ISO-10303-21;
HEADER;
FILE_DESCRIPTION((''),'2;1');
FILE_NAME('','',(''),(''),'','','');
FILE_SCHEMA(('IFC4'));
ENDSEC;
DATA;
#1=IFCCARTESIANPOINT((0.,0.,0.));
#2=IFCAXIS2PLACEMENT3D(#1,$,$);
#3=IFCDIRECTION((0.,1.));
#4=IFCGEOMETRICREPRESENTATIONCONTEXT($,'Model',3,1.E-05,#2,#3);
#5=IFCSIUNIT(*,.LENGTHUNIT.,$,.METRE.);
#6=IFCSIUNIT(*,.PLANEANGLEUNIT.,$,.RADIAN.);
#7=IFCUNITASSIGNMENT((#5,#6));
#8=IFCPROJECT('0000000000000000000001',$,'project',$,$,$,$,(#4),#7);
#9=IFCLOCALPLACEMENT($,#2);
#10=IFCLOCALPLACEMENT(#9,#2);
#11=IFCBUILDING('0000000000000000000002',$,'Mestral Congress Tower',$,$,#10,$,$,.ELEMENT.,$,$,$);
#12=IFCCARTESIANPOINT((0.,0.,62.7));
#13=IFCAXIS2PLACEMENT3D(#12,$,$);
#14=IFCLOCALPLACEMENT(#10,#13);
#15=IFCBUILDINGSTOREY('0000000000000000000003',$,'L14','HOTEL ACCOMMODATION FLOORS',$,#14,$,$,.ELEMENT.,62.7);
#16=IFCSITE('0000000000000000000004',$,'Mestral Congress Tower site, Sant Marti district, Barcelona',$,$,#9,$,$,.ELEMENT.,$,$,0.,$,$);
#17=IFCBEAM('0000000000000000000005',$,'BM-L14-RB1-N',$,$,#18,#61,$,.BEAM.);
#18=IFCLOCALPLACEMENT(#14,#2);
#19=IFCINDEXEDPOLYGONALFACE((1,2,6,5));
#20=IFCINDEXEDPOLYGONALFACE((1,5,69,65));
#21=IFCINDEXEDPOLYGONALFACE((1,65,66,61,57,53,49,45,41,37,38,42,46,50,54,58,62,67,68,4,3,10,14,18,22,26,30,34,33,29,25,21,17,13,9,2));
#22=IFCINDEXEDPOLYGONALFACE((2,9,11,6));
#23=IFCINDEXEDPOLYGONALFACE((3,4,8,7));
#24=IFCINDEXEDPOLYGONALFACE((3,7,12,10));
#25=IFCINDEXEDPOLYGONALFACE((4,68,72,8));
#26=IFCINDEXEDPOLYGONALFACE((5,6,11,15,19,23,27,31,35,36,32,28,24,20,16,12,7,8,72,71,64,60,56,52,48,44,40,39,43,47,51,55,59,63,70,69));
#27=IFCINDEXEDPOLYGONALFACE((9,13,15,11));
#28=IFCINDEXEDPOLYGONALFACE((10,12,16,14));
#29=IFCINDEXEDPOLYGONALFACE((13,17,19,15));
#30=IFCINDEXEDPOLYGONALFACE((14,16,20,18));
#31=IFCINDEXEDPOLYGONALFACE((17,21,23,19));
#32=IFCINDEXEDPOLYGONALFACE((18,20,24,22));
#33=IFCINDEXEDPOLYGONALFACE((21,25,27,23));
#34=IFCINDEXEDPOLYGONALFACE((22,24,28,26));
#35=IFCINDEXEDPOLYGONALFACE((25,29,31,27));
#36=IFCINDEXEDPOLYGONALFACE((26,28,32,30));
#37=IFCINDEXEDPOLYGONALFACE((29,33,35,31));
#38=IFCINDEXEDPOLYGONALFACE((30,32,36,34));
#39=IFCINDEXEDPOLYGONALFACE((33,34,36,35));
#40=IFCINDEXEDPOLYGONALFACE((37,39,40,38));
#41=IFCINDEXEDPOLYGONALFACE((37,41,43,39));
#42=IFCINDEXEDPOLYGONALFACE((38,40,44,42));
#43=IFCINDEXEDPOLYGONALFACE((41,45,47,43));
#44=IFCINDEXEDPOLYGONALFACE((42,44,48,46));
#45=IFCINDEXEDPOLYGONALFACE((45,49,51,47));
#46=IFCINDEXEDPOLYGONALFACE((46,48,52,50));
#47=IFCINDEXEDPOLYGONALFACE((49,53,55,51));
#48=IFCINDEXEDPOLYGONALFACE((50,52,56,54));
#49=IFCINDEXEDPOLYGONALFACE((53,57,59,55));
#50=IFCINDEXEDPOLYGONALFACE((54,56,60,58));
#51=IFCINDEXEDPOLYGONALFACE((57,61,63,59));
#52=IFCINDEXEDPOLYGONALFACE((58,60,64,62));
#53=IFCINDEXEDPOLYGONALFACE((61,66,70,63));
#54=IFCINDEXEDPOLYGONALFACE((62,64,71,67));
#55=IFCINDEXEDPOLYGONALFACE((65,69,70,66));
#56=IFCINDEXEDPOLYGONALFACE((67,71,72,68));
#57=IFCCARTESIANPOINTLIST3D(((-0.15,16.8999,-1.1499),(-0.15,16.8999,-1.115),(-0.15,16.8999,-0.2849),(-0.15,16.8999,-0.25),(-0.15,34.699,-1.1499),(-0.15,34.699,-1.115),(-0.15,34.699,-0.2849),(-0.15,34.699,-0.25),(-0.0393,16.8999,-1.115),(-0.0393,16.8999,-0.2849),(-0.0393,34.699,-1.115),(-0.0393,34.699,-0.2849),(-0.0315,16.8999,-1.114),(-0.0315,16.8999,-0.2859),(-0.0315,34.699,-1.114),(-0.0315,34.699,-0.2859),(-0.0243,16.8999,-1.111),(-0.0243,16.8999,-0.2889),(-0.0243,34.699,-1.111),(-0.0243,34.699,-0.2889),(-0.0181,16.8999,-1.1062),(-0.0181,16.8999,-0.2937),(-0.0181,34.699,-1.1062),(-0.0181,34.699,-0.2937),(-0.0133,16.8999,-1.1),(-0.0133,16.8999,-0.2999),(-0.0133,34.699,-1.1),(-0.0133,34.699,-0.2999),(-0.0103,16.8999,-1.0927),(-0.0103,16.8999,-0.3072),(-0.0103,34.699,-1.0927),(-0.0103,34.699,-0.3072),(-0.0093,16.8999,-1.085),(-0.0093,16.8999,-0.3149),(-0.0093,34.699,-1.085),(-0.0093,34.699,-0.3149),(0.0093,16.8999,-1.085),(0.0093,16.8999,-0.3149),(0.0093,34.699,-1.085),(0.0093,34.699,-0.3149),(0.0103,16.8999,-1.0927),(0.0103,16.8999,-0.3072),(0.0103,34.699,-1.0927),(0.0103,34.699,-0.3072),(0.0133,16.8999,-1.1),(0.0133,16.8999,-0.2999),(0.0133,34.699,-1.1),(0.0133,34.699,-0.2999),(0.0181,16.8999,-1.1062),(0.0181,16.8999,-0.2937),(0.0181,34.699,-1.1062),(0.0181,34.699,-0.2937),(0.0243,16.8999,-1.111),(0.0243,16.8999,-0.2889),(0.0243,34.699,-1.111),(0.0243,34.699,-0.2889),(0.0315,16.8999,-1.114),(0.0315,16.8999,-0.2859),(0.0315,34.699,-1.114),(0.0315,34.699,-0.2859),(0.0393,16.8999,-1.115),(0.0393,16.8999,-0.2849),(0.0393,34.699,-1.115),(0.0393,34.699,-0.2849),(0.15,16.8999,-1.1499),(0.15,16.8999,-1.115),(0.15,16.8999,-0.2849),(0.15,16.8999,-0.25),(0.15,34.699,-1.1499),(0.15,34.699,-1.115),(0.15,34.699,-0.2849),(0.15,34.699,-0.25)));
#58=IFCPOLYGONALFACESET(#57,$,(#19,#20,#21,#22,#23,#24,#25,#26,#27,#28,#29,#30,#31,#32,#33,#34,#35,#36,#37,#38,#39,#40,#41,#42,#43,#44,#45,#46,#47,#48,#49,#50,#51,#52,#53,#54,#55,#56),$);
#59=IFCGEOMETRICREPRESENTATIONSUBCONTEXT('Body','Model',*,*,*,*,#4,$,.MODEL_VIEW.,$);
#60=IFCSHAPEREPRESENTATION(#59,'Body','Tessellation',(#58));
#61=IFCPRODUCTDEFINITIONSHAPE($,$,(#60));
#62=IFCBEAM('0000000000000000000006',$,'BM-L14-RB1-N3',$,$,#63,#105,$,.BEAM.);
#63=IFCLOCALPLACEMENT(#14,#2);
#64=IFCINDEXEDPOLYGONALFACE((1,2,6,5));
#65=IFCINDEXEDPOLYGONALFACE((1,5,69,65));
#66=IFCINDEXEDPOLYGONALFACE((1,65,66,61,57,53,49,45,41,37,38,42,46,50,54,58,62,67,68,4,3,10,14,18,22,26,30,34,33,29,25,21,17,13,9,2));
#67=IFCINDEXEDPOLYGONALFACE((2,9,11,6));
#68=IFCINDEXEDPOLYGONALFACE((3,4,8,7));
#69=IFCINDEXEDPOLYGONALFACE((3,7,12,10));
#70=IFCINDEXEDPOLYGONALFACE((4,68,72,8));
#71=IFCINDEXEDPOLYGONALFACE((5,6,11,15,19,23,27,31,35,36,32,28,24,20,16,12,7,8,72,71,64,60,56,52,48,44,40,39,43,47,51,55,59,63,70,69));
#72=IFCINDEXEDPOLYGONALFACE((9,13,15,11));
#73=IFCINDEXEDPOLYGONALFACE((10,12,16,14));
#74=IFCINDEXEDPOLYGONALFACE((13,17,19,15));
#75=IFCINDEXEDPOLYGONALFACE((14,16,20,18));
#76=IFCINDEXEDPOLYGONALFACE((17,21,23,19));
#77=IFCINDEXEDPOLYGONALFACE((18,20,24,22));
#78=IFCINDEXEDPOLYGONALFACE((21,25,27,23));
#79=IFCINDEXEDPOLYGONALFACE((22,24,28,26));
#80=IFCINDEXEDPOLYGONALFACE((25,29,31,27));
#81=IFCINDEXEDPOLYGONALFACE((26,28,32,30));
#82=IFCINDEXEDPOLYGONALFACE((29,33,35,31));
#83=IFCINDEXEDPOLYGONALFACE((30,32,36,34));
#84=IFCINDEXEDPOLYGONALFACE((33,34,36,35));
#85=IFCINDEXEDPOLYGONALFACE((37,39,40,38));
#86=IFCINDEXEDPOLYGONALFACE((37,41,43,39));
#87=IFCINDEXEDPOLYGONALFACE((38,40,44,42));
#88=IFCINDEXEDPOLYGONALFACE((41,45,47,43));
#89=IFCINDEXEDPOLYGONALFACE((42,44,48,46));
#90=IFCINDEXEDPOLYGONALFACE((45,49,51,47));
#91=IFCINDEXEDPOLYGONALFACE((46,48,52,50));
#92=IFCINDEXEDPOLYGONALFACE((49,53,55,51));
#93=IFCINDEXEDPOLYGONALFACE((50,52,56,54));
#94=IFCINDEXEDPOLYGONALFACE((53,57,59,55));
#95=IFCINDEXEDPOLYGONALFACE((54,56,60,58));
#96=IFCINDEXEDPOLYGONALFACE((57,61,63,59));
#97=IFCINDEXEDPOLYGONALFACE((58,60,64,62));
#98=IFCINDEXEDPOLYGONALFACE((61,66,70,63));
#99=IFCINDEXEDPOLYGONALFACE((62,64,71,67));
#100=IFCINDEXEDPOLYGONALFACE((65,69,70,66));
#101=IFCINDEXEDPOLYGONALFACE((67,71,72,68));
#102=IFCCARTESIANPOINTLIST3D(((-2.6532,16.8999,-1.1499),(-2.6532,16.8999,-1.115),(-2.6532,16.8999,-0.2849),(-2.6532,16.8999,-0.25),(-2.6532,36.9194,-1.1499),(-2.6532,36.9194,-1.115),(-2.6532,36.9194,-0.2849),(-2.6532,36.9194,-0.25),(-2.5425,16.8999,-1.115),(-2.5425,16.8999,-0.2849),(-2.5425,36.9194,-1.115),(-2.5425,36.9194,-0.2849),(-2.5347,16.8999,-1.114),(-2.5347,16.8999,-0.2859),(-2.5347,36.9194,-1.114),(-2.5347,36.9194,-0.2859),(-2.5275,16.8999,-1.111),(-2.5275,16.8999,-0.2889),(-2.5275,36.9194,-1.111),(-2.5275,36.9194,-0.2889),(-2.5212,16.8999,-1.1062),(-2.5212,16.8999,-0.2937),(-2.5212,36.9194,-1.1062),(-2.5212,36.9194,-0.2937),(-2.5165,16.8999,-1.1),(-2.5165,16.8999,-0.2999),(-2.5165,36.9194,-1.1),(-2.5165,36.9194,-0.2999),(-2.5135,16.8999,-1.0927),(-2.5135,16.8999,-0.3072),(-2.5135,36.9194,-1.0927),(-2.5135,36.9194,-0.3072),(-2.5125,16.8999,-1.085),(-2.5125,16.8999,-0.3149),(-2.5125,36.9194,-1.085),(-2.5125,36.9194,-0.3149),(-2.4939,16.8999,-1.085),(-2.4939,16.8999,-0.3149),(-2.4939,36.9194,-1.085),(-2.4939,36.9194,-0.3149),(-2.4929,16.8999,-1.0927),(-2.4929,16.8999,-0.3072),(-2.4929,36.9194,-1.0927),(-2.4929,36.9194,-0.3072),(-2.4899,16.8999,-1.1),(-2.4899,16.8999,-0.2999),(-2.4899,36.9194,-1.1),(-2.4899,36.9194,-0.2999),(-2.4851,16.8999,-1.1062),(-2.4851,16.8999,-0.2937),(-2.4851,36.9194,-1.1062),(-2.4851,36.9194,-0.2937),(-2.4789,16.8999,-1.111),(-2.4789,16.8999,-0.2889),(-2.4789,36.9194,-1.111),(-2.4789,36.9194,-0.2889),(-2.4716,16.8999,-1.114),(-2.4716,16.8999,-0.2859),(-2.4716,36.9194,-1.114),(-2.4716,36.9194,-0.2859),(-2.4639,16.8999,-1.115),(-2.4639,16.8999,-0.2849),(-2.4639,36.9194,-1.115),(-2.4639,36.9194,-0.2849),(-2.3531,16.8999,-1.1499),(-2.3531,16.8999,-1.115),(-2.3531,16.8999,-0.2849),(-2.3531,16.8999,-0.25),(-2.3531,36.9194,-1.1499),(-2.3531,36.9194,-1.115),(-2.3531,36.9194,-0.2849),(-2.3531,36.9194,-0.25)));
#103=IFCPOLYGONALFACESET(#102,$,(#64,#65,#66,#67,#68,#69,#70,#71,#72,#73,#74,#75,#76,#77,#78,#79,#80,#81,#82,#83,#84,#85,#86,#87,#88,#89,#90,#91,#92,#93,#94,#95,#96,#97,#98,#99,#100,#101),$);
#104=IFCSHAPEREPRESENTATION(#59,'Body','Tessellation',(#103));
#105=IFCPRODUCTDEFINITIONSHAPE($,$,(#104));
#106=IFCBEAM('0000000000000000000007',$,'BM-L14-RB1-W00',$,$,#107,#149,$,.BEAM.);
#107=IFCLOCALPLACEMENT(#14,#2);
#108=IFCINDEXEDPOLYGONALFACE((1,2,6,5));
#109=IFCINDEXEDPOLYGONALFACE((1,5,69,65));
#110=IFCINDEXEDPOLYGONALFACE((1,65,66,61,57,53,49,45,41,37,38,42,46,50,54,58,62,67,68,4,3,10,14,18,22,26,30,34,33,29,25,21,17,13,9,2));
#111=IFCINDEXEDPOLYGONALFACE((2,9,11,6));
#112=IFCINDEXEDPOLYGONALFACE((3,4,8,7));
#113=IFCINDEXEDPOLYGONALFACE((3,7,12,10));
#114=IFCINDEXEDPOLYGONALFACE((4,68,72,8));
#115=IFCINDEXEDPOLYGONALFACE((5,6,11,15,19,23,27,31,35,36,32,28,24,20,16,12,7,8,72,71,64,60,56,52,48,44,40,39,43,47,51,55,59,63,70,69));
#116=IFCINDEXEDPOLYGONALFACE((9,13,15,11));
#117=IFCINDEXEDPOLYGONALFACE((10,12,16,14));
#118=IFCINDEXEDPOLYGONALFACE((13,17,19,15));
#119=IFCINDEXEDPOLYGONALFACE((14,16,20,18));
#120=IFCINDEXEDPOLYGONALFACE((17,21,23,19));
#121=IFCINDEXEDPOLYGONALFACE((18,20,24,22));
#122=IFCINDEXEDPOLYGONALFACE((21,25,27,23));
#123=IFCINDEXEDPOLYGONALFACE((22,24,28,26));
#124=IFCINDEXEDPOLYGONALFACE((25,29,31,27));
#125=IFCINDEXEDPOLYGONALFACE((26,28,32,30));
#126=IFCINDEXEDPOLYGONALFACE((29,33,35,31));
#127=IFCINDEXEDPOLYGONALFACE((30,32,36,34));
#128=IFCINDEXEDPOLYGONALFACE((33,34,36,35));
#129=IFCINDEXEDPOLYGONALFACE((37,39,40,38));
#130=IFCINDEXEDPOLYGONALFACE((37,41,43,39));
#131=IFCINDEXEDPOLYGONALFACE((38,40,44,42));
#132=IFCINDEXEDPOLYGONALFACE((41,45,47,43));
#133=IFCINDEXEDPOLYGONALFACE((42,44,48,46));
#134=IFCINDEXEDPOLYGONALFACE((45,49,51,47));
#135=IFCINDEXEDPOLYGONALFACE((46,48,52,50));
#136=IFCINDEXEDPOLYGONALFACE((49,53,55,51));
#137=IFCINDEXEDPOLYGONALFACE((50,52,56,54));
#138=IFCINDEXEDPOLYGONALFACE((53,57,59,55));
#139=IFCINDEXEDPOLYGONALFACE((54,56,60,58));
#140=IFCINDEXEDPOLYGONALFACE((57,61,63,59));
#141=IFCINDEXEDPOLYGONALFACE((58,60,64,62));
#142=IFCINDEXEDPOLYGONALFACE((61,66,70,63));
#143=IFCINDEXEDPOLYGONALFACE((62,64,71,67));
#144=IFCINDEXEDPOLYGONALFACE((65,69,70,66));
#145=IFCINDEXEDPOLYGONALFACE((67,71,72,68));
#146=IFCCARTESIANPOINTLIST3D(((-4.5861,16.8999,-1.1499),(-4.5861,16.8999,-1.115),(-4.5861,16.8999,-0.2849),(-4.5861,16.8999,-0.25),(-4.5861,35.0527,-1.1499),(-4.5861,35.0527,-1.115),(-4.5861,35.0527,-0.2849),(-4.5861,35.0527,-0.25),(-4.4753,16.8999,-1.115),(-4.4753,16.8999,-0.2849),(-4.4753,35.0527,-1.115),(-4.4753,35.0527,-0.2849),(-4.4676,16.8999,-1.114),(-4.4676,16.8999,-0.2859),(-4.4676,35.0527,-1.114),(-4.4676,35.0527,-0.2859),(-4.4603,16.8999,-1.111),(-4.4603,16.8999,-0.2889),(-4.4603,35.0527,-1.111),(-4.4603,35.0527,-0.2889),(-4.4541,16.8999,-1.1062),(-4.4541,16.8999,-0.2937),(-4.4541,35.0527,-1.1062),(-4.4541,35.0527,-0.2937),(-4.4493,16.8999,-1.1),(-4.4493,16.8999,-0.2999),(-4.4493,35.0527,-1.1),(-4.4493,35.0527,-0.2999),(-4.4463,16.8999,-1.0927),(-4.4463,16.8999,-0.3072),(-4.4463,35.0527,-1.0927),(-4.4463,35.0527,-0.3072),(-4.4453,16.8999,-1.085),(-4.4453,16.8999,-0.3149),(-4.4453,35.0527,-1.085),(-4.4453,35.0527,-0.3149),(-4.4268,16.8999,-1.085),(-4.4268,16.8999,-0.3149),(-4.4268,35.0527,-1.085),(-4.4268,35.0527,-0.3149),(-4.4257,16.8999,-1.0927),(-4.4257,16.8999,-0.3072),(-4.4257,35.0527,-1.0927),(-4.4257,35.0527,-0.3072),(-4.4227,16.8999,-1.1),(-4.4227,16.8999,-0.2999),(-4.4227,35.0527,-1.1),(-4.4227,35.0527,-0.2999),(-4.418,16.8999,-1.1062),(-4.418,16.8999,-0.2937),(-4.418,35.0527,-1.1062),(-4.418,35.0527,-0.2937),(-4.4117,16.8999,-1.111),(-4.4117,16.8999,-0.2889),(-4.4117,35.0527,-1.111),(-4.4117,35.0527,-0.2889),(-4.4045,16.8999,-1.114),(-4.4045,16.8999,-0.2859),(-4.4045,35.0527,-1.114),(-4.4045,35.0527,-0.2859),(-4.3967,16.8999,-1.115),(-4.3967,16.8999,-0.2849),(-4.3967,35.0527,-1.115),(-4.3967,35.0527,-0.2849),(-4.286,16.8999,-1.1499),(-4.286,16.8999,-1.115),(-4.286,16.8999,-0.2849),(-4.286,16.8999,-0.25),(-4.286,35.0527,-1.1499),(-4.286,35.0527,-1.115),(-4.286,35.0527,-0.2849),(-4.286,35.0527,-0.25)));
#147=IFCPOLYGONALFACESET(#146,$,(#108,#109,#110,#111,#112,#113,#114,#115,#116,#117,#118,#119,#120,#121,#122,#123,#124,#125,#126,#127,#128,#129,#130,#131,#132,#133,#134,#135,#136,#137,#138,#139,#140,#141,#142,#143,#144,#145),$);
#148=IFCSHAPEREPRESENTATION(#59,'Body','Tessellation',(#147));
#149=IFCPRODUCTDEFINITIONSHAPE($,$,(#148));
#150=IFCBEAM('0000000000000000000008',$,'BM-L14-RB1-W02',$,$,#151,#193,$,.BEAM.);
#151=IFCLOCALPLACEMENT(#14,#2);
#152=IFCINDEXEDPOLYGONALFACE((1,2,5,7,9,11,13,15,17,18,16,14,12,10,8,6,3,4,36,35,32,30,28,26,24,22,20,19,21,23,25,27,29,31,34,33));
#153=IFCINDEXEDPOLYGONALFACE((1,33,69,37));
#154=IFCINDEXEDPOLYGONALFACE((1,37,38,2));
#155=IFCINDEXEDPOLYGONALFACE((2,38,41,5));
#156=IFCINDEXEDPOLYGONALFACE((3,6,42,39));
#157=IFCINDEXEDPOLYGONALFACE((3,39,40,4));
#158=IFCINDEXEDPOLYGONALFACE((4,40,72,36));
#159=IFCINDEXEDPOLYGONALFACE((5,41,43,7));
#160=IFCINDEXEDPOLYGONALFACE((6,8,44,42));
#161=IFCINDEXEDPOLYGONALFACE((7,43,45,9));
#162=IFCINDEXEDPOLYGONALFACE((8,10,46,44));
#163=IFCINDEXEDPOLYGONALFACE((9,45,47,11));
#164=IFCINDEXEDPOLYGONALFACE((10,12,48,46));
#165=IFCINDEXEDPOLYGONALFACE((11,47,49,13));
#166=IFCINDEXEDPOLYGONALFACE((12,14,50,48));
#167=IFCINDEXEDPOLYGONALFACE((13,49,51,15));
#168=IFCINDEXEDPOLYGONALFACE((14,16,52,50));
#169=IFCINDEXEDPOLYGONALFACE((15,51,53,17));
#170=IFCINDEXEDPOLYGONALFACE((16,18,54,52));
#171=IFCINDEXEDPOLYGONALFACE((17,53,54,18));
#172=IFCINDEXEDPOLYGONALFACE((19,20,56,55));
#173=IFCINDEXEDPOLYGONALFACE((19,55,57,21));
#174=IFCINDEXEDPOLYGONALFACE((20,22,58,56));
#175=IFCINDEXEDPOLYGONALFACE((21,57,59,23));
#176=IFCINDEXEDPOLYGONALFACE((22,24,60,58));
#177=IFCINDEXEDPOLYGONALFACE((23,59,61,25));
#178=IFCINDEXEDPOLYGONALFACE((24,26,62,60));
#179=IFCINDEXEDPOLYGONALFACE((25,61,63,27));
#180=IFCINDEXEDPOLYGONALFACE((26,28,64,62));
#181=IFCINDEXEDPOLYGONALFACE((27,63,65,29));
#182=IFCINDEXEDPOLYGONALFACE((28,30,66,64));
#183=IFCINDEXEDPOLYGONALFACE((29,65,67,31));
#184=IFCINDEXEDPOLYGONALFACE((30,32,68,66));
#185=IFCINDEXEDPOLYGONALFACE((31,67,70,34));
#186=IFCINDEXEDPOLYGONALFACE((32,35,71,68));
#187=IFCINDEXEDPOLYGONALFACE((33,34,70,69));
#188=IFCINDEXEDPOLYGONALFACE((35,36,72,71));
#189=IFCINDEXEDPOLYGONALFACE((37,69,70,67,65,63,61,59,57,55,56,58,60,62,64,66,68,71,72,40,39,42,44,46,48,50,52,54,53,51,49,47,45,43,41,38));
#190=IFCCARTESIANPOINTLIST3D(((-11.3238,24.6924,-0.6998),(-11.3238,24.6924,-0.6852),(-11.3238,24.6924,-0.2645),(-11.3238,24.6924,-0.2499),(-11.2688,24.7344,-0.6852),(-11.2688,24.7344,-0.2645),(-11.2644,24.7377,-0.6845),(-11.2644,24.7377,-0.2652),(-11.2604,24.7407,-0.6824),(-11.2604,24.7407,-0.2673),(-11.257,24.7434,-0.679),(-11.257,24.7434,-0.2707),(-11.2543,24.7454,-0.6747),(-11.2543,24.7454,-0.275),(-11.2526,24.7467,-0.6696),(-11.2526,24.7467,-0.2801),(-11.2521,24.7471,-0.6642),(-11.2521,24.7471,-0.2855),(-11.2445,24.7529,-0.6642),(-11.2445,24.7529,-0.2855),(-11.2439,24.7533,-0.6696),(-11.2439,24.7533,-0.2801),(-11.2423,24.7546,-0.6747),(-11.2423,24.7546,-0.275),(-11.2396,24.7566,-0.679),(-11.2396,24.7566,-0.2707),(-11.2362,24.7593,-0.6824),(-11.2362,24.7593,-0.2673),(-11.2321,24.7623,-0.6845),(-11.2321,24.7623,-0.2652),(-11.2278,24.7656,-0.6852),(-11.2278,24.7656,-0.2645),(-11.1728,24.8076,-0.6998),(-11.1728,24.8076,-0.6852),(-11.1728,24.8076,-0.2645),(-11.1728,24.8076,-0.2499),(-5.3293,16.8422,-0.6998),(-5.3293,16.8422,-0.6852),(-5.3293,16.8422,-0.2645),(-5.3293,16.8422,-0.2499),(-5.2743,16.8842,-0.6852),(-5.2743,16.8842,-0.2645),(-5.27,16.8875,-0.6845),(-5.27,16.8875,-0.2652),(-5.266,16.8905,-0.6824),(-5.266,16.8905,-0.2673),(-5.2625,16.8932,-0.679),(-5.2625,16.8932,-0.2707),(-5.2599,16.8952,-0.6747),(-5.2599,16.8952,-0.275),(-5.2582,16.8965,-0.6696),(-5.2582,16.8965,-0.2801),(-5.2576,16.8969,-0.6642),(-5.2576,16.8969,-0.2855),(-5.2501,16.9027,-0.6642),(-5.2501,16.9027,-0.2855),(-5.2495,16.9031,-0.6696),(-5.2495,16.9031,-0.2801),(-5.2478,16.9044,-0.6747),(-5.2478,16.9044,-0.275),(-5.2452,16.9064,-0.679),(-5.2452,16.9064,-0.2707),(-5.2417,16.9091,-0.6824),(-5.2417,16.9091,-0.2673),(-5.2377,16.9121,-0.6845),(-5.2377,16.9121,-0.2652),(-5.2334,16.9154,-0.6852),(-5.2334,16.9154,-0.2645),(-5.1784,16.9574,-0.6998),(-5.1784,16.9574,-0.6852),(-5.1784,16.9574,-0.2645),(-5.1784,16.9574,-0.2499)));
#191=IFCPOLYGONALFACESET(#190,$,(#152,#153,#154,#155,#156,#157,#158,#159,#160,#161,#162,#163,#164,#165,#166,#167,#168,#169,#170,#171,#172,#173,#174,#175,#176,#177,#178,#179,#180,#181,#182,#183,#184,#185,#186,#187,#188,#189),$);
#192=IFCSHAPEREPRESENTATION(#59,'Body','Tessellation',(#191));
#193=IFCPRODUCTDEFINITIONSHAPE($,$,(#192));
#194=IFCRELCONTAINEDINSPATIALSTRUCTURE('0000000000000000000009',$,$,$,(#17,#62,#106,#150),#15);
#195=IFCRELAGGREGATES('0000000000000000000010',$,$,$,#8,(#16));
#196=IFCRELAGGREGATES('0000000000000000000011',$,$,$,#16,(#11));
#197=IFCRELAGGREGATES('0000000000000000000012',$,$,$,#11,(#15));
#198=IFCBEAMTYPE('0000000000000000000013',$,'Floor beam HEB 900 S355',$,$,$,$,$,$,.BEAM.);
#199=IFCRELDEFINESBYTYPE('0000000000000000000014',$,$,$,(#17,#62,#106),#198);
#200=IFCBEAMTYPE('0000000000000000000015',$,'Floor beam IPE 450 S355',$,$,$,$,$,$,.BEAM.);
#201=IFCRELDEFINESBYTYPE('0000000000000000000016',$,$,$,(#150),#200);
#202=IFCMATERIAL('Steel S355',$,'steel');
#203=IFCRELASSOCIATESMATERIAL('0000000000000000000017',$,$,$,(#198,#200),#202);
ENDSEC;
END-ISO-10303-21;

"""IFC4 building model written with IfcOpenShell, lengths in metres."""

from ifc_helpers import new_model, si_unit, direction, frame, origin, origin_2d, place, context, subcontext, project, spatial, i_section, extrude, material, material_profile, profile_set, type_object, element, save


model = new_model("IFC4")

# Units and contexts
model_context = context("Model", 3, precision=1e-05, world=origin(), true_north=direction((0.0, 1.0)))
body_context = subcontext(model_context, "Body", "Model", "MODEL_VIEW")
ifc_project = project(units=[si_unit("LENGTHUNIT", "METRE"), si_unit("PLANEANGLEUNIT", "RADIAN")], contexts=[model_context])

# Site, building, storey
site_placement = place(None, origin())
site = spatial("IfcSite", under=ifc_project, at=site_placement, Name="Mestral Congress Tower site, Sant Marti district, Barcelona", CompositionType="ELEMENT", RefElevation=0.0)
building_placement = place(site_placement, origin())
building = spatial("IfcBuilding", under=site, at=building_placement, Name="Mestral Congress Tower", CompositionType="ELEMENT")
storey_placement = place(building_placement, frame((0.0, 0.0, 62.7)))
storey = spatial("IfcBuildingStorey", under=building, at=storey_placement, Name="L14", Description="HOTEL ACCOMMODATION FLOORS", CompositionType="ELEMENT", Elevation=62.7)

# Beams
ifc_material_1 = material(Name="Steel S355", Category="steel")
ifc_material_profile_1 = material_profile(ifc_material_1, i_section(OverallWidth=0.3, OverallDepth=0.8999, WebThickness=0.0186, FlangeThickness=0.0349, FilletRadius=0.03, at=origin_2d()), Name="HEB 900")
ifc_profile_set_1 = profile_set([ifc_material_profile_1], Name="Steel S355")
beam_type_1 = type_object("IfcBeamType", Name="Floor beam HEB 900 S355", PredefinedType="BEAM", material=ifc_profile_set_1)
beam_1_placement = place(storey_placement, frame((0.0, 34.699, -0.7), z_axis=(0.0, -1.0, 0.0), x_axis=(1.0, 0.0, 0.0)))
element("IfcBeam", 1, at=beam_1_placement, inside=storey, type_object=beam_type_1, Name="BM-L14-RB1-N", PredefinedType="BEAM", context=body_context, shape_type="SweptSolid", body=[
    extrude(i_section(OverallWidth=0.3, OverallDepth=0.8999, WebThickness=0.0186, FlangeThickness=0.0349, FilletRadius=0.03, at=origin_2d()), origin(), (0.0, 0.0, 1.0), 17.7991),
])
beam_2_placement = place(storey_placement, frame((-2.5032, 36.9194, -0.7), z_axis=(0.0, -1.0, 0.0), x_axis=(1.0, 0.0, 0.0)))
element("IfcBeam", 2, at=beam_2_placement, inside=storey, type_object=beam_type_1, Name="BM-L14-RB1-N3", PredefinedType="BEAM", context=body_context, shape_type="SweptSolid", body=[
    extrude(i_section(OverallWidth=0.3, OverallDepth=0.8999, WebThickness=0.0186, FlangeThickness=0.0349, FilletRadius=0.03, at=origin_2d()), origin(), (0.0, 0.0, 1.0), 20.0195),
])
beam_3_placement = place(storey_placement, frame((-4.436, 35.0527, -0.7), z_axis=(0.0, -1.0, 0.0), x_axis=(1.0, 0.0, 0.0)))
element("IfcBeam", 3, at=beam_3_placement, inside=storey, type_object=beam_type_1, Name="BM-L14-RB1-W00", PredefinedType="BEAM", context=body_context, shape_type="SweptSolid", body=[
    extrude(i_section(OverallWidth=0.3, OverallDepth=0.8999, WebThickness=0.0186, FlangeThickness=0.0349, FilletRadius=0.03, at=origin_2d()), origin(), (0.0, 0.0, 1.0), 18.1528),
])
ifc_material_profile_2 = material_profile(ifc_material_1, i_section(OverallWidth=0.1899, OverallDepth=0.45, WebThickness=0.0095, FlangeThickness=0.0146, FilletRadius=0.021, at=origin_2d()), Name="IPE 450")
ifc_profile_set_2 = profile_set([ifc_material_profile_2], Name="Steel S355")
beam_type_2 = type_object("IfcBeamType", Name="Floor beam IPE 450 S355", PredefinedType="BEAM", material=ifc_profile_set_2)
beam_4_placement = place(storey_placement, frame((-11.2483, 24.75, -0.4749), z_axis=(0.606899, -0.794779, 0.0), x_axis=(0.794779, 0.606899, 0.0)))
element("IfcBeam", 4, at=beam_4_placement, inside=storey, type_object=beam_type_2, Name="BM-L14-RB1-W02", PredefinedType="BEAM", context=body_context, shape_type="SweptSolid", body=[
    extrude(i_section(OverallWidth=0.1899, OverallDepth=0.45, WebThickness=0.0095, FlangeThickness=0.0146, FilletRadius=0.021, at=origin_2d()), origin(), (0.0, 0.0, 1.0), 9.8772),
])

save(model, "model.ifc")
